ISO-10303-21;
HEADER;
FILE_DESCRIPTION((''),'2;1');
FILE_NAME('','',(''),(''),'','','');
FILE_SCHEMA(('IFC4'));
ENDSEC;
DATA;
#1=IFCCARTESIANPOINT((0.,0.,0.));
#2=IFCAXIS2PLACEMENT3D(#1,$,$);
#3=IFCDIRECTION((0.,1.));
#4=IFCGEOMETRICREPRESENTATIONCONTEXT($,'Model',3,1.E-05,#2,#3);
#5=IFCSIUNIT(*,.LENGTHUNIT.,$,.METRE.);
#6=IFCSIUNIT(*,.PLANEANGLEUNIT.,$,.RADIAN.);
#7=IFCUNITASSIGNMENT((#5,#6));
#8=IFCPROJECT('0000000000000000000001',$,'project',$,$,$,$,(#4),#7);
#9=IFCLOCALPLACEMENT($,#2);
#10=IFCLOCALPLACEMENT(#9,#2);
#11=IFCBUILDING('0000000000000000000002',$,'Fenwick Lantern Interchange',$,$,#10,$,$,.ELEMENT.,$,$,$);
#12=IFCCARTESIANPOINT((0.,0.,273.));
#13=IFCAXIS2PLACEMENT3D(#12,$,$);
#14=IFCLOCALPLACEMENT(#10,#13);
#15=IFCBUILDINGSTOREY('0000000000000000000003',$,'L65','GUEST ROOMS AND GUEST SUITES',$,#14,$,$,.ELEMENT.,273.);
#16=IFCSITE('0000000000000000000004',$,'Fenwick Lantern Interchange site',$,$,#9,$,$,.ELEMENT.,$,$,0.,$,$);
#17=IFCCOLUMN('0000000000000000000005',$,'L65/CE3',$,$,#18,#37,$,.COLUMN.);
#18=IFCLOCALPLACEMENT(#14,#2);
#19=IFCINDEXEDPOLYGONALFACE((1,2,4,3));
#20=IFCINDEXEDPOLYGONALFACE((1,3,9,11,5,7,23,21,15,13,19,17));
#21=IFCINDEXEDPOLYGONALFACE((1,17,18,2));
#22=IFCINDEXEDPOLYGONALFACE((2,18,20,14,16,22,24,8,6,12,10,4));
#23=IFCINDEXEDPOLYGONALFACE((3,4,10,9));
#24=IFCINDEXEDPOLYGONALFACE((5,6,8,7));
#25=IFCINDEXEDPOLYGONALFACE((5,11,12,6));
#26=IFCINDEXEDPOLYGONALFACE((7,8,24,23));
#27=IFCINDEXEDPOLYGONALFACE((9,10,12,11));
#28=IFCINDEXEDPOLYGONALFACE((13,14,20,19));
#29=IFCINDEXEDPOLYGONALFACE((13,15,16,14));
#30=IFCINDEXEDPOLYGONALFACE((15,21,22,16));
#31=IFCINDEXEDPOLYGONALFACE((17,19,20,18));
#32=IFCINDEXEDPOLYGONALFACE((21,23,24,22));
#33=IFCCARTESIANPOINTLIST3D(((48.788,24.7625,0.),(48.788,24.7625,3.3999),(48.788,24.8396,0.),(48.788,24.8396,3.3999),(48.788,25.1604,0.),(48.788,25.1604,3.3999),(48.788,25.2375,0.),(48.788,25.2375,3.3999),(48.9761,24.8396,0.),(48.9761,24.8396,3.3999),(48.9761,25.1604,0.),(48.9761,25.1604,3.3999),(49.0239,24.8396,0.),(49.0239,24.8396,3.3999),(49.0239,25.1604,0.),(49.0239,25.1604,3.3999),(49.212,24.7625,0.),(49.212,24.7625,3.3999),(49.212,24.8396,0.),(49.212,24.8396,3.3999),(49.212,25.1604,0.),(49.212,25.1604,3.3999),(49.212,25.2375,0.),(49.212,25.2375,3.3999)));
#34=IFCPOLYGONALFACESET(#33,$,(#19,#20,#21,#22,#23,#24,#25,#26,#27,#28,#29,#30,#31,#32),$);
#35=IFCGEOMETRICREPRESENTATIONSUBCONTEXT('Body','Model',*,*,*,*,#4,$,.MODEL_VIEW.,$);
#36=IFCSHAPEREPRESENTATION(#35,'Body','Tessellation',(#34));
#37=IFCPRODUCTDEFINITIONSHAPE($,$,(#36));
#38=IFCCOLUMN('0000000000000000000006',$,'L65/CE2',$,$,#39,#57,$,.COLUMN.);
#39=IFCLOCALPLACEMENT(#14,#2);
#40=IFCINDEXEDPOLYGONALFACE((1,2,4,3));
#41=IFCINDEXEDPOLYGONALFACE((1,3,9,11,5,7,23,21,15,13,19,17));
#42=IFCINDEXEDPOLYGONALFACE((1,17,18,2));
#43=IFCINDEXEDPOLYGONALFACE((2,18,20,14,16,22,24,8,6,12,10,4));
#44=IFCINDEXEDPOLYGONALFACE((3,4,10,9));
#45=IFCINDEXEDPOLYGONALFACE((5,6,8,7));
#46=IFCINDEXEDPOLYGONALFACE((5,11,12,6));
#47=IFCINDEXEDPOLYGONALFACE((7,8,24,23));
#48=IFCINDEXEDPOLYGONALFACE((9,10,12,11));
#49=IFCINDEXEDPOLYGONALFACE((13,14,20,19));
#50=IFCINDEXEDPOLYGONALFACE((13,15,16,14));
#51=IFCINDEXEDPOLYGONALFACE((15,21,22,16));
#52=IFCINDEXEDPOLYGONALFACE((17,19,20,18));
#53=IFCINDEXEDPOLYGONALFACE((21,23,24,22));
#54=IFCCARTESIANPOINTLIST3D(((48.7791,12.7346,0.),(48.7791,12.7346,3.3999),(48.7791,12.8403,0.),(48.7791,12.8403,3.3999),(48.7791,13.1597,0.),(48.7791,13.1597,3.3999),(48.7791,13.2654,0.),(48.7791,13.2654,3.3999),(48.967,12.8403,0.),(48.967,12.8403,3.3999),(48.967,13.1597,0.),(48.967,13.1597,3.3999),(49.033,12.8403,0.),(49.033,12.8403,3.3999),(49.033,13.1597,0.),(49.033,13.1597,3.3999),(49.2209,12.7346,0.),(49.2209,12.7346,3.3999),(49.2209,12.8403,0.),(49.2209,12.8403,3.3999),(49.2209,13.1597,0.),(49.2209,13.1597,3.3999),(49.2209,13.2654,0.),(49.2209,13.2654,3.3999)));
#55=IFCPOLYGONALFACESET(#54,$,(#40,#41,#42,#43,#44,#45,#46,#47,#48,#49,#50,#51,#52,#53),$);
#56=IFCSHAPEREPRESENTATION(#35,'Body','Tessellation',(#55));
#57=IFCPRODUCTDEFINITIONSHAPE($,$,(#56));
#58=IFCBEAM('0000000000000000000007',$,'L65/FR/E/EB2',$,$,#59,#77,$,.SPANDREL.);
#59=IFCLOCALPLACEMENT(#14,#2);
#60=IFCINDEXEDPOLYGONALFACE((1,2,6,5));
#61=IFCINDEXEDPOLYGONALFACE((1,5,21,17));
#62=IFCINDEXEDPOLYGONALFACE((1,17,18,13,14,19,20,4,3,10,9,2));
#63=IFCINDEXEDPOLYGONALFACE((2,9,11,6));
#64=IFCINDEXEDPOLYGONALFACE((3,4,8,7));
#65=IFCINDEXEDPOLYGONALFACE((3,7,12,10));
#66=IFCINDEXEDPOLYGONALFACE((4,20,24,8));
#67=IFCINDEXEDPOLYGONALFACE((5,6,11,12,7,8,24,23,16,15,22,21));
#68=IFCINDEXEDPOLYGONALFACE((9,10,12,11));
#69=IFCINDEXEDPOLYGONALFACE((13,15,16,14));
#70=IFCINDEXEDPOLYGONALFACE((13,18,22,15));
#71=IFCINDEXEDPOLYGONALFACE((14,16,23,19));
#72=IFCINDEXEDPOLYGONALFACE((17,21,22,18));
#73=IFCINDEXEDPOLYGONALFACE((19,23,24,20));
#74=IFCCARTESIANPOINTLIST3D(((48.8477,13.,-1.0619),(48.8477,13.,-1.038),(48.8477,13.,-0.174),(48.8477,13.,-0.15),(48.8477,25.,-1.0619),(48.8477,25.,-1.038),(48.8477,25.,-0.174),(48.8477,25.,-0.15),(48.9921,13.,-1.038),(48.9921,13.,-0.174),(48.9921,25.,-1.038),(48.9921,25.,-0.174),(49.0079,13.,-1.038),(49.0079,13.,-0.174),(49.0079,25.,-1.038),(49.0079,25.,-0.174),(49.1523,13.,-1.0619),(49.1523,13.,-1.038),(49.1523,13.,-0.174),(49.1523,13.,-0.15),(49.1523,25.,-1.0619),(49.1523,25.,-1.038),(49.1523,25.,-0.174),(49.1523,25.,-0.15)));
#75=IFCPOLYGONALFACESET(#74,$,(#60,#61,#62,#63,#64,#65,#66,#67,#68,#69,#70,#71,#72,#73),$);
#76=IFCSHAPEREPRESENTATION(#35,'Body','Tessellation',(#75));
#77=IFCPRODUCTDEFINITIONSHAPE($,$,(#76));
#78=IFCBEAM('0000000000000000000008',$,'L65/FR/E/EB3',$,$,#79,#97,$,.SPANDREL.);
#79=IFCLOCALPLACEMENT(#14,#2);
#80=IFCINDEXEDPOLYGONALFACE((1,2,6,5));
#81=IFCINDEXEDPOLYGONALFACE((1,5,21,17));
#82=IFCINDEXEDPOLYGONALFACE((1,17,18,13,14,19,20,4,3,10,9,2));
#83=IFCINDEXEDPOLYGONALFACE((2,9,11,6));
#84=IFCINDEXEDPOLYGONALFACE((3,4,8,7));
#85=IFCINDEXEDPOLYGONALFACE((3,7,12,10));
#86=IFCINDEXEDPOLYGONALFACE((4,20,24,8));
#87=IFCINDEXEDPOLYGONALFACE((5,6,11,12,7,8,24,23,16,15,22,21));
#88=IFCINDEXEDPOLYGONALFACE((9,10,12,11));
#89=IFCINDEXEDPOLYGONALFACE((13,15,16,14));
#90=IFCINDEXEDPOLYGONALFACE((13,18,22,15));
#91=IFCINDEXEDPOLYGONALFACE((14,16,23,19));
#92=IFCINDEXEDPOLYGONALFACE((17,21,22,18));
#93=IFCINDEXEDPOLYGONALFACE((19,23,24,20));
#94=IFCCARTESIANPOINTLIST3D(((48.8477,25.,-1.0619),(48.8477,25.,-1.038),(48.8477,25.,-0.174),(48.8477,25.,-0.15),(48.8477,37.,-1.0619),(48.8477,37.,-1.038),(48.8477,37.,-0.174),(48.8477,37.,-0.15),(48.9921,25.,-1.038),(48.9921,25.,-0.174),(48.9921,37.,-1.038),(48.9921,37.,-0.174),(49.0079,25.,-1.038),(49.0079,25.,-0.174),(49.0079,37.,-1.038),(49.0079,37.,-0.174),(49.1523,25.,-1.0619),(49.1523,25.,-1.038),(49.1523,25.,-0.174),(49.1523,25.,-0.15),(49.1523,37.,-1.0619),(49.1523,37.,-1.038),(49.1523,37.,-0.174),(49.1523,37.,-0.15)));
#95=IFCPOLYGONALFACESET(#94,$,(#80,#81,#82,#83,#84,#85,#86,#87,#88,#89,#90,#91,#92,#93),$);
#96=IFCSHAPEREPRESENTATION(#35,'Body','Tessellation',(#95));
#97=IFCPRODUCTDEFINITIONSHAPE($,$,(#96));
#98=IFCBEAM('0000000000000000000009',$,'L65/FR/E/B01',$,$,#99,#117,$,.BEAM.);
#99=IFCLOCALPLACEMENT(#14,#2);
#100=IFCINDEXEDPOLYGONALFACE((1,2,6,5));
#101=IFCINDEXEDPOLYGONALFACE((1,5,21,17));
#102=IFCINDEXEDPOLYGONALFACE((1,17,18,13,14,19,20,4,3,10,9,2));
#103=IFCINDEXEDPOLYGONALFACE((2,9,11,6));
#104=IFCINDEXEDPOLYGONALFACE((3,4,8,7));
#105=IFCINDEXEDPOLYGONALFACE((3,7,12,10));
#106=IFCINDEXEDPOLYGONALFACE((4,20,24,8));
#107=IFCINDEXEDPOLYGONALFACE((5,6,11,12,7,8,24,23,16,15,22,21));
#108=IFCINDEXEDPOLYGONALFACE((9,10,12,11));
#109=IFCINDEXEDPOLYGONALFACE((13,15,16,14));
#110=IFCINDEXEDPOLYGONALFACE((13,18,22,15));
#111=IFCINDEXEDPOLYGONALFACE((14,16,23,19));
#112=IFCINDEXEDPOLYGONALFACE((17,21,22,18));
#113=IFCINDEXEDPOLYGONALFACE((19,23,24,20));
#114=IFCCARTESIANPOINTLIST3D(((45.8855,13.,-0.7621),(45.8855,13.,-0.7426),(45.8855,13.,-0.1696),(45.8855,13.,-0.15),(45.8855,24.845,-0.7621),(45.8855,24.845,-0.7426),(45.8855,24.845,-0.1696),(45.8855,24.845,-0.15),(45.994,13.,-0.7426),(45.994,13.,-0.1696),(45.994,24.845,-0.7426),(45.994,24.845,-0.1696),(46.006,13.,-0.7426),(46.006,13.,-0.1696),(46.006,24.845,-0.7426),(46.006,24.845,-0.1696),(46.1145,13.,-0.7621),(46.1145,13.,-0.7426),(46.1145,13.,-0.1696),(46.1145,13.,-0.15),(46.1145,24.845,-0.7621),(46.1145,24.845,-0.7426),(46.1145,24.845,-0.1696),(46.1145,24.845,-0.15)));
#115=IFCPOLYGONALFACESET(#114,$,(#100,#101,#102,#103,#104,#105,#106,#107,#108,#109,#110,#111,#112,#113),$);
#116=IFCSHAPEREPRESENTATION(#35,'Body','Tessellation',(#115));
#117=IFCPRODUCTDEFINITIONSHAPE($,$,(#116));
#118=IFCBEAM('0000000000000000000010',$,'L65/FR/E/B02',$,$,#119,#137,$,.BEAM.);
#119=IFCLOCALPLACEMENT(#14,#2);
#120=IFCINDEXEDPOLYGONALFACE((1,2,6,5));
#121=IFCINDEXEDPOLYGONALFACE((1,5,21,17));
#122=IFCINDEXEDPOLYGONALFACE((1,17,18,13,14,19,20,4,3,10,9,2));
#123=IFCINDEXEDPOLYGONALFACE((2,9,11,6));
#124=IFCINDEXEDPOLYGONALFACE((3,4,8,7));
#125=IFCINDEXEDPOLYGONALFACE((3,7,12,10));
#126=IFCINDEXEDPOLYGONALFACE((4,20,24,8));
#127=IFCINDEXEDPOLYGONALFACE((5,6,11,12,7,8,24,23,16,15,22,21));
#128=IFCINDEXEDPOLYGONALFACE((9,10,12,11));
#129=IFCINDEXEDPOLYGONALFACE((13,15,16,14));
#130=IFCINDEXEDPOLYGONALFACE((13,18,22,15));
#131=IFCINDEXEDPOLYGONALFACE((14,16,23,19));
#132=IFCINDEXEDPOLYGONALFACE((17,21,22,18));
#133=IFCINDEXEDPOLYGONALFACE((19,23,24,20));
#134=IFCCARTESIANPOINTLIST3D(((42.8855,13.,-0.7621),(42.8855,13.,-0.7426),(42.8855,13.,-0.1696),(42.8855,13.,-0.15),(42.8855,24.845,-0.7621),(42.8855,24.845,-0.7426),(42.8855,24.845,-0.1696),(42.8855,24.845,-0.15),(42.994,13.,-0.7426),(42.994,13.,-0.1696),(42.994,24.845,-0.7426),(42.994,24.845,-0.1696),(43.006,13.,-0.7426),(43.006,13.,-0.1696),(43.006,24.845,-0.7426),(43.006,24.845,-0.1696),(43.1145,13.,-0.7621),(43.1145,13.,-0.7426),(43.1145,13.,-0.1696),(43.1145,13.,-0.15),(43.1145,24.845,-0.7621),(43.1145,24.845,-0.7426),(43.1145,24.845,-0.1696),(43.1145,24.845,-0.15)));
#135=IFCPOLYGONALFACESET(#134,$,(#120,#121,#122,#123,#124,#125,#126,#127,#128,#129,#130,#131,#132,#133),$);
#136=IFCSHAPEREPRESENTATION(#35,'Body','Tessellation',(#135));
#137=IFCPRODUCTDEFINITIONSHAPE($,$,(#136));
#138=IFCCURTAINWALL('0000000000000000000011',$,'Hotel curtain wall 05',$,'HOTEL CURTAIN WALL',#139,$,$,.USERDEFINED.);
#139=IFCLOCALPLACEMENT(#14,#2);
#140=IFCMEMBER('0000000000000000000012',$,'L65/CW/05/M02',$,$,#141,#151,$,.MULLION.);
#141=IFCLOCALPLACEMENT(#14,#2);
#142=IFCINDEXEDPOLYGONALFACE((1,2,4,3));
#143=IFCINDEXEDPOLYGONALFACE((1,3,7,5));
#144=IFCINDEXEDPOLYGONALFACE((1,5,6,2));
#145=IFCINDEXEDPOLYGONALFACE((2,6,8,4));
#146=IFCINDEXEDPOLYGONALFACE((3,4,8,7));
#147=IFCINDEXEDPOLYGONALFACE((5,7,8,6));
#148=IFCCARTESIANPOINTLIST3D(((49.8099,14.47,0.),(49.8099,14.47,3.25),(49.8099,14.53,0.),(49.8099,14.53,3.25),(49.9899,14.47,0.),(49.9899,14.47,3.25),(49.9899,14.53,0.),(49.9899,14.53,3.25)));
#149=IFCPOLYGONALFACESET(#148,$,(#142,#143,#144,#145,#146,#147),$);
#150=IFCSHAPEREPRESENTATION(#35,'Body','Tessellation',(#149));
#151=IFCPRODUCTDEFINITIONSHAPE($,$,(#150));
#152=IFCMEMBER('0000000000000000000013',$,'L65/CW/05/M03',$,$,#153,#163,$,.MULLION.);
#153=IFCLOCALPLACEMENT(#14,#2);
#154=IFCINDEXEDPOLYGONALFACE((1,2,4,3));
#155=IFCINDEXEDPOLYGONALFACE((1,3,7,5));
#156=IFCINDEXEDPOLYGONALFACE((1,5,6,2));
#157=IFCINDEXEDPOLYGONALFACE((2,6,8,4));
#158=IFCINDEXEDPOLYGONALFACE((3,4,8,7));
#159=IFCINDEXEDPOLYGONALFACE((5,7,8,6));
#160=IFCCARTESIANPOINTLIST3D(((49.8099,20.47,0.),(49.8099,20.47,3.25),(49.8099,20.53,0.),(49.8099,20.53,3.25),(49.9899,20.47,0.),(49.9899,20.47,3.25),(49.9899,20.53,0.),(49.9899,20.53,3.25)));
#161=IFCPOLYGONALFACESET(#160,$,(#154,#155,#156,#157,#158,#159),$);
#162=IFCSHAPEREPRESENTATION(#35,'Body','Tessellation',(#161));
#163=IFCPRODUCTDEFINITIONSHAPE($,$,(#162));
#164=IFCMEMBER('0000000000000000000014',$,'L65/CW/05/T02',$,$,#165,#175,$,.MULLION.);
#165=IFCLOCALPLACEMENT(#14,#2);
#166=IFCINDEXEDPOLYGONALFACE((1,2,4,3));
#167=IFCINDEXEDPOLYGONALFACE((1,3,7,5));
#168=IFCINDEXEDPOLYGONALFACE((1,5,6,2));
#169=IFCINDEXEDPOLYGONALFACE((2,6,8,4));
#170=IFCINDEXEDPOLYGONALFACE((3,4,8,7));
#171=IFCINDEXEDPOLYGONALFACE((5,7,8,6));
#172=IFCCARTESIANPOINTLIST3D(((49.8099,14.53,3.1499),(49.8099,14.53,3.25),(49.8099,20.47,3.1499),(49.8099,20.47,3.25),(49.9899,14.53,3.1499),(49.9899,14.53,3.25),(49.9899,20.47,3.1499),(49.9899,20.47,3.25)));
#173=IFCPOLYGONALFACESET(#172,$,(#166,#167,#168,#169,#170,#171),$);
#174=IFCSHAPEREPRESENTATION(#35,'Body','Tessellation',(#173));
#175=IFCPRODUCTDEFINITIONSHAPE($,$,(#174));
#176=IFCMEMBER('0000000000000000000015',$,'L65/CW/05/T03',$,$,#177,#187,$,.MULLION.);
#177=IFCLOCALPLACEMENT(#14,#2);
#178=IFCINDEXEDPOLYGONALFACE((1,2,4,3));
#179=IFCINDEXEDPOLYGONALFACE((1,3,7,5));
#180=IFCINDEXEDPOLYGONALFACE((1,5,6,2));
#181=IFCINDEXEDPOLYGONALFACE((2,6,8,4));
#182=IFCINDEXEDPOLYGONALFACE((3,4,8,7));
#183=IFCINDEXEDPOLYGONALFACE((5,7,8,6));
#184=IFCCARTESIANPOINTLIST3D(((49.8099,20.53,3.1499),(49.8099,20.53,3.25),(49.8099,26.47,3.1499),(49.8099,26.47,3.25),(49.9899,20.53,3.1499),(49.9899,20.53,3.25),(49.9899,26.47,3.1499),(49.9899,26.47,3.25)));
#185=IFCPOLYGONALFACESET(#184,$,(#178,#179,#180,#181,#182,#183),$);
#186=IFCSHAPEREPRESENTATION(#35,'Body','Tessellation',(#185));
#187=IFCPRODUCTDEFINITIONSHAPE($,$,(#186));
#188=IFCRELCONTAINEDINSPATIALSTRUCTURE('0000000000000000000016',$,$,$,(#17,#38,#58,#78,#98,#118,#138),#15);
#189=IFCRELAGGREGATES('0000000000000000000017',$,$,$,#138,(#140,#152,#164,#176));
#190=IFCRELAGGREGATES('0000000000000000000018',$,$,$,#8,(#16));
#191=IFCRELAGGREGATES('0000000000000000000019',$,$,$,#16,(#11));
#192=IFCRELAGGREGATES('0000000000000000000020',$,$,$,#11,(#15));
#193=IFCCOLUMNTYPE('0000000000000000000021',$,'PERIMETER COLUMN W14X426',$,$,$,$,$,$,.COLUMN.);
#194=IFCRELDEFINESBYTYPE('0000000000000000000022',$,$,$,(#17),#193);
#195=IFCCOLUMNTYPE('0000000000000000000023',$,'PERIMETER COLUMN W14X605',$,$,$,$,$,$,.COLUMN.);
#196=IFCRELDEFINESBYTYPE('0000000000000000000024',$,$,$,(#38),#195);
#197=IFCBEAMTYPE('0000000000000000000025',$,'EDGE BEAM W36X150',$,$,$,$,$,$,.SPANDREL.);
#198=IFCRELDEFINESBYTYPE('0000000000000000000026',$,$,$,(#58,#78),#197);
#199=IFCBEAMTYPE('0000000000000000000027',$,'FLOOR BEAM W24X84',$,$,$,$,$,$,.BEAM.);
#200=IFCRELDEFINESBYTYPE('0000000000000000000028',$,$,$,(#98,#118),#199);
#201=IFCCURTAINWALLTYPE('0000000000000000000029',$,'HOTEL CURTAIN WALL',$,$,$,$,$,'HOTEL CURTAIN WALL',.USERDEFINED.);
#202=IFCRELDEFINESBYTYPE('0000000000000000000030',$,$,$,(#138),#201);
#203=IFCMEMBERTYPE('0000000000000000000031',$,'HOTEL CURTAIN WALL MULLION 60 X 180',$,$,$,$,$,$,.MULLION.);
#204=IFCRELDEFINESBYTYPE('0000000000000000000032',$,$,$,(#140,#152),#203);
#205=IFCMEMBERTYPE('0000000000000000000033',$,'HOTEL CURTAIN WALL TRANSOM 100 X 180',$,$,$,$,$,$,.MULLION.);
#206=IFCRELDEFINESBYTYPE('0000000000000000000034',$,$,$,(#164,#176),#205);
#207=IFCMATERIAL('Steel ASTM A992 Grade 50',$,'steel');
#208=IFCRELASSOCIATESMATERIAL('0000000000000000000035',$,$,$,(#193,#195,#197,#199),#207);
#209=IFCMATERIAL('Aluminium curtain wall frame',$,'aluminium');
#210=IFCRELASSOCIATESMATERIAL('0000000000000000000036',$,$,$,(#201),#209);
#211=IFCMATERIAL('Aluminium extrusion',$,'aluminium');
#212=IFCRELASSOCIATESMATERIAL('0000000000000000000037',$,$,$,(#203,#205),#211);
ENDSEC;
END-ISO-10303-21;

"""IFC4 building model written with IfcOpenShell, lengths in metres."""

from ifc_helpers import new_model, si_unit, direction, frame, origin, origin_2d, place, context, subcontext, project, spatial, rectangle, i_section, extrude, material, material_profile, profile_set, type_object, element, aggregate, save


model = new_model("IFC4")

# Units and contexts
model_context = context("Model", 3, precision=1e-05, world=origin(), true_north=direction((0.0, 1.0)))
body_context = subcontext(model_context, "Body", "Model", "MODEL_VIEW")
ifc_project = project(units=[si_unit("LENGTHUNIT", "METRE"), si_unit("PLANEANGLEUNIT", "RADIAN")], contexts=[model_context])

# Site, building, storey
site_placement = place(None, origin())
site = spatial("IfcSite", under=ifc_project, at=site_placement, Name="Fenwick Lantern Interchange site", CompositionType="ELEMENT", RefElevation=0.0)
building_placement = place(site_placement, origin())
building = spatial("IfcBuilding", under=site, at=building_placement, Name="Fenwick Lantern Interchange", CompositionType="ELEMENT")
storey_placement = place(building_placement, frame((0.0, 0.0, 273.0)))
storey = spatial("IfcBuildingStorey", under=building, at=storey_placement, Name="L65", Description="GUEST ROOMS AND GUEST SUITES", CompositionType="ELEMENT", Elevation=273.0)

# Columns
ifc_material_1 = material(Name="Steel ASTM A992 Grade 50", Category="steel")
ifc_material_profile_1 = material_profile(ifc_material_1, i_section(OverallWidth=0.4241, OverallDepth=0.4751, WebThickness=0.0479, FlangeThickness=0.0771, at=origin_2d()), Name="W14X426")
ifc_profile_set_1 = profile_set([ifc_material_profile_1], Name="Steel ASTM A992 Grade 50")
column_type_1 = type_object("IfcColumnType", Name="PERIMETER COLUMN W14X426", PredefinedType="COLUMN", material=ifc_profile_set_1)
column_1_placement = place(storey_placement, frame((49.0, 25.0, 0.0), z_axis=(0.0, 0.0, 1.0), x_axis=(1.0, 0.0, 0.0)))
element("IfcColumn", 1, at=column_1_placement, inside=storey, type_object=column_type_1, Name="L65/CE3", PredefinedType="COLUMN", context=body_context, shape_type="SweptSolid", body=[
    extrude(i_section(OverallWidth=0.4241, OverallDepth=0.4751, WebThickness=0.0479, FlangeThickness=0.0771, at=origin_2d()), origin(), (0.0, 0.0, 1.0), 3.3999),
])
ifc_material_profile_2 = material_profile(ifc_material_1, i_section(OverallWidth=0.4419, OverallDepth=0.5308, WebThickness=0.0659, FlangeThickness=0.1057, at=origin_2d()), Name="W14X605")
ifc_profile_set_2 = profile_set([ifc_material_profile_2], Name="Steel ASTM A992 Grade 50")
column_type_2 = type_object("IfcColumnType", Name="PERIMETER COLUMN W14X605", PredefinedType="COLUMN", material=ifc_profile_set_2)
column_2_placement = place(storey_placement, frame((49.0, 13.0, 0.0), z_axis=(0.0, 0.0, 1.0), x_axis=(1.0, 0.0, 0.0)))
element("IfcColumn", 2, at=column_2_placement, inside=storey, type_object=column_type_2, Name="L65/CE2", PredefinedType="COLUMN", context=body_context, shape_type="SweptSolid", body=[
    extrude(i_section(OverallWidth=0.4419, OverallDepth=0.5308, WebThickness=0.0659, FlangeThickness=0.1057, at=origin_2d()), origin(), (0.0, 0.0, 1.0), 3.3999),
])

# Beams
ifc_material_profile_3 = material_profile(ifc_material_1, i_section(OverallWidth=0.3047, OverallDepth=0.9119, WebThickness=0.0159, FlangeThickness=0.0239, at=origin_2d()), Name="W36X150")
ifc_profile_set_3 = profile_set([ifc_material_profile_3], Name="Steel ASTM A992 Grade 50")
beam_type_1 = type_object("IfcBeamType", Name="EDGE BEAM W36X150", PredefinedType="SPANDREL", material=ifc_profile_set_3)
for number, where, z_axis, x_axis, name in (
    (3, (49.0, 13.0, -0.606), (0.0, 1.0, 0.0), (-1.0, 0.0, 0.0), "L65/FR/E/EB2"),
    (4, (49.0, 25.0, -0.606), (0.0, 1.0, 0.0), (-1.0, 0.0, 0.0), "L65/FR/E/EB3"),
):
    element("IfcBeam", number, at=place(storey_placement, frame(where, z_axis=z_axis, x_axis=x_axis)), inside=storey, type_object=beam_type_1, Name=name, PredefinedType="SPANDREL", context=body_context, shape_type="SweptSolid", body=[
        extrude(i_section(OverallWidth=0.3047, OverallDepth=0.9119, WebThickness=0.0159, FlangeThickness=0.0239, at=origin_2d()), origin(), (0.0, 0.0, 1.0), 12.0),
    ])
ifc_material_profile_4 = material_profile(ifc_material_1, i_section(OverallWidth=0.229, OverallDepth=0.6121, WebThickness=0.012, FlangeThickness=0.0195, at=origin_2d()), Name="W24X84")
ifc_profile_set_4 = profile_set([ifc_material_profile_4], Name="Steel ASTM A992 Grade 50")
beam_type_2 = type_object("IfcBeamType", Name="FLOOR BEAM W24X84", PredefinedType="BEAM", material=ifc_profile_set_4)
for number, where, z_axis, x_axis, name in (
    (5, (46.0, 13.0, -0.4561), (0.0, 1.0, 0.0), (-1.0, 0.0, 0.0), "L65/FR/E/B01"),
    (6, (43.0, 13.0, -0.4561), (0.0, 1.0, 0.0), (-1.0, 0.0, 0.0), "L65/FR/E/B02"),
):
    element("IfcBeam", number, at=place(storey_placement, frame(where, z_axis=z_axis, x_axis=x_axis)), inside=storey, type_object=beam_type_2, Name=name, PredefinedType="BEAM", context=body_context, shape_type="SweptSolid", body=[
        extrude(i_section(OverallWidth=0.229, OverallDepth=0.6121, WebThickness=0.012, FlangeThickness=0.0195, at=origin_2d()), origin(), (0.0, 0.0, 1.0), 11.845),
    ])

# Curtain wall, members
ifc_material_2 = material(Name="Aluminium curtain wall frame", Category="aluminium")
curtain_wall_type = type_object("IfcCurtainWallType", Name="HOTEL CURTAIN WALL", ElementType="HOTEL CURTAIN WALL", PredefinedType="USERDEFINED", material=ifc_material_2)
curtain_wall_placement = place(storey_placement, origin())
curtain_wall = element("IfcCurtainWall", 7, at=curtain_wall_placement, inside=storey, type_object=curtain_wall_type, Name="Hotel curtain wall 05", ObjectType="HOTEL CURTAIN WALL", PredefinedType="USERDEFINED")
ifc_material_3 = material(Name="Aluminium extrusion", Category="aluminium")
ifc_material_profile_5 = material_profile(ifc_material_3, rectangle(XDim=0.1799, YDim=0.0601, at=origin_2d()), Name="HOTEL CURTAIN WALL MULLION 60 X 180")
ifc_profile_set_5 = profile_set([ifc_material_profile_5], Name="Aluminium extrusion")
member_type_1 = type_object("IfcMemberType", Name="HOTEL CURTAIN WALL MULLION 60 X 180", PredefinedType="MULLION", material=ifc_profile_set_5)
member_1_placement = place(storey_placement, frame((49.8999, 14.5, 0.0), z_axis=(0.0, 0.0, 1.0), x_axis=(-1.0, 0.0, 0.0)))
member_1 = element("IfcMember", 8, at=member_1_placement, type_object=member_type_1, Name="L65/CW/05/M02", PredefinedType="MULLION", context=body_context, shape_type="SweptSolid", body=[
    extrude(rectangle(XDim=0.1799, YDim=0.0601, at=origin_2d()), origin(), (0.0, 0.0, 1.0), 3.25),
])
member_2_placement = place(storey_placement, frame((49.8999, 20.5, 0.0), z_axis=(0.0, 0.0, 1.0), x_axis=(-1.0, 0.0, 0.0)))
member_2 = element("IfcMember", 9, at=member_2_placement, type_object=member_type_1, Name="L65/CW/05/M03", PredefinedType="MULLION", context=body_context, shape_type="SweptSolid", body=[
    extrude(rectangle(XDim=0.1799, YDim=0.0601, at=origin_2d()), origin(), (0.0, 0.0, 1.0), 3.25),
])
ifc_material_profile_6 = material_profile(ifc_material_3, rectangle(XDim=0.1799, YDim=0.1001, at=origin_2d()), Name="HOTEL CURTAIN WALL TRANSOM 100 X 180")
ifc_profile_set_6 = profile_set([ifc_material_profile_6], Name="Aluminium extrusion")
member_type_2 = type_object("IfcMemberType", Name="HOTEL CURTAIN WALL TRANSOM 100 X 180", PredefinedType="MULLION", material=ifc_profile_set_6)
member_3_placement = place(storey_placement, frame((49.8999, 14.53, 3.2), z_axis=(0.0, 1.0, 0.0), x_axis=(-1.0, 0.0, 0.0)))
member_3 = element("IfcMember", 10, at=member_3_placement, type_object=member_type_2, Name="L65/CW/05/T02", PredefinedType="MULLION", context=body_context, shape_type="SweptSolid", body=[
    extrude(rectangle(XDim=0.1799, YDim=0.1001, at=origin_2d()), origin(), (0.0, 0.0, 1.0), 5.9399),
])
member_4_placement = place(storey_placement, frame((49.8999, 20.53, 3.2), z_axis=(0.0, 1.0, 0.0), x_axis=(-1.0, 0.0, 0.0)))
member_4 = element("IfcMember", 11, at=member_4_placement, type_object=member_type_2, Name="L65/CW/05/T03", PredefinedType="MULLION", context=body_context, shape_type="SweptSolid", body=[
    extrude(rectangle(XDim=0.1799, YDim=0.1001, at=origin_2d()), origin(), (0.0, 0.0, 1.0), 5.9399),
])
aggregate(curtain_wall, [member_1, member_2, member_3, member_4])

save(model, "model.ifc")
